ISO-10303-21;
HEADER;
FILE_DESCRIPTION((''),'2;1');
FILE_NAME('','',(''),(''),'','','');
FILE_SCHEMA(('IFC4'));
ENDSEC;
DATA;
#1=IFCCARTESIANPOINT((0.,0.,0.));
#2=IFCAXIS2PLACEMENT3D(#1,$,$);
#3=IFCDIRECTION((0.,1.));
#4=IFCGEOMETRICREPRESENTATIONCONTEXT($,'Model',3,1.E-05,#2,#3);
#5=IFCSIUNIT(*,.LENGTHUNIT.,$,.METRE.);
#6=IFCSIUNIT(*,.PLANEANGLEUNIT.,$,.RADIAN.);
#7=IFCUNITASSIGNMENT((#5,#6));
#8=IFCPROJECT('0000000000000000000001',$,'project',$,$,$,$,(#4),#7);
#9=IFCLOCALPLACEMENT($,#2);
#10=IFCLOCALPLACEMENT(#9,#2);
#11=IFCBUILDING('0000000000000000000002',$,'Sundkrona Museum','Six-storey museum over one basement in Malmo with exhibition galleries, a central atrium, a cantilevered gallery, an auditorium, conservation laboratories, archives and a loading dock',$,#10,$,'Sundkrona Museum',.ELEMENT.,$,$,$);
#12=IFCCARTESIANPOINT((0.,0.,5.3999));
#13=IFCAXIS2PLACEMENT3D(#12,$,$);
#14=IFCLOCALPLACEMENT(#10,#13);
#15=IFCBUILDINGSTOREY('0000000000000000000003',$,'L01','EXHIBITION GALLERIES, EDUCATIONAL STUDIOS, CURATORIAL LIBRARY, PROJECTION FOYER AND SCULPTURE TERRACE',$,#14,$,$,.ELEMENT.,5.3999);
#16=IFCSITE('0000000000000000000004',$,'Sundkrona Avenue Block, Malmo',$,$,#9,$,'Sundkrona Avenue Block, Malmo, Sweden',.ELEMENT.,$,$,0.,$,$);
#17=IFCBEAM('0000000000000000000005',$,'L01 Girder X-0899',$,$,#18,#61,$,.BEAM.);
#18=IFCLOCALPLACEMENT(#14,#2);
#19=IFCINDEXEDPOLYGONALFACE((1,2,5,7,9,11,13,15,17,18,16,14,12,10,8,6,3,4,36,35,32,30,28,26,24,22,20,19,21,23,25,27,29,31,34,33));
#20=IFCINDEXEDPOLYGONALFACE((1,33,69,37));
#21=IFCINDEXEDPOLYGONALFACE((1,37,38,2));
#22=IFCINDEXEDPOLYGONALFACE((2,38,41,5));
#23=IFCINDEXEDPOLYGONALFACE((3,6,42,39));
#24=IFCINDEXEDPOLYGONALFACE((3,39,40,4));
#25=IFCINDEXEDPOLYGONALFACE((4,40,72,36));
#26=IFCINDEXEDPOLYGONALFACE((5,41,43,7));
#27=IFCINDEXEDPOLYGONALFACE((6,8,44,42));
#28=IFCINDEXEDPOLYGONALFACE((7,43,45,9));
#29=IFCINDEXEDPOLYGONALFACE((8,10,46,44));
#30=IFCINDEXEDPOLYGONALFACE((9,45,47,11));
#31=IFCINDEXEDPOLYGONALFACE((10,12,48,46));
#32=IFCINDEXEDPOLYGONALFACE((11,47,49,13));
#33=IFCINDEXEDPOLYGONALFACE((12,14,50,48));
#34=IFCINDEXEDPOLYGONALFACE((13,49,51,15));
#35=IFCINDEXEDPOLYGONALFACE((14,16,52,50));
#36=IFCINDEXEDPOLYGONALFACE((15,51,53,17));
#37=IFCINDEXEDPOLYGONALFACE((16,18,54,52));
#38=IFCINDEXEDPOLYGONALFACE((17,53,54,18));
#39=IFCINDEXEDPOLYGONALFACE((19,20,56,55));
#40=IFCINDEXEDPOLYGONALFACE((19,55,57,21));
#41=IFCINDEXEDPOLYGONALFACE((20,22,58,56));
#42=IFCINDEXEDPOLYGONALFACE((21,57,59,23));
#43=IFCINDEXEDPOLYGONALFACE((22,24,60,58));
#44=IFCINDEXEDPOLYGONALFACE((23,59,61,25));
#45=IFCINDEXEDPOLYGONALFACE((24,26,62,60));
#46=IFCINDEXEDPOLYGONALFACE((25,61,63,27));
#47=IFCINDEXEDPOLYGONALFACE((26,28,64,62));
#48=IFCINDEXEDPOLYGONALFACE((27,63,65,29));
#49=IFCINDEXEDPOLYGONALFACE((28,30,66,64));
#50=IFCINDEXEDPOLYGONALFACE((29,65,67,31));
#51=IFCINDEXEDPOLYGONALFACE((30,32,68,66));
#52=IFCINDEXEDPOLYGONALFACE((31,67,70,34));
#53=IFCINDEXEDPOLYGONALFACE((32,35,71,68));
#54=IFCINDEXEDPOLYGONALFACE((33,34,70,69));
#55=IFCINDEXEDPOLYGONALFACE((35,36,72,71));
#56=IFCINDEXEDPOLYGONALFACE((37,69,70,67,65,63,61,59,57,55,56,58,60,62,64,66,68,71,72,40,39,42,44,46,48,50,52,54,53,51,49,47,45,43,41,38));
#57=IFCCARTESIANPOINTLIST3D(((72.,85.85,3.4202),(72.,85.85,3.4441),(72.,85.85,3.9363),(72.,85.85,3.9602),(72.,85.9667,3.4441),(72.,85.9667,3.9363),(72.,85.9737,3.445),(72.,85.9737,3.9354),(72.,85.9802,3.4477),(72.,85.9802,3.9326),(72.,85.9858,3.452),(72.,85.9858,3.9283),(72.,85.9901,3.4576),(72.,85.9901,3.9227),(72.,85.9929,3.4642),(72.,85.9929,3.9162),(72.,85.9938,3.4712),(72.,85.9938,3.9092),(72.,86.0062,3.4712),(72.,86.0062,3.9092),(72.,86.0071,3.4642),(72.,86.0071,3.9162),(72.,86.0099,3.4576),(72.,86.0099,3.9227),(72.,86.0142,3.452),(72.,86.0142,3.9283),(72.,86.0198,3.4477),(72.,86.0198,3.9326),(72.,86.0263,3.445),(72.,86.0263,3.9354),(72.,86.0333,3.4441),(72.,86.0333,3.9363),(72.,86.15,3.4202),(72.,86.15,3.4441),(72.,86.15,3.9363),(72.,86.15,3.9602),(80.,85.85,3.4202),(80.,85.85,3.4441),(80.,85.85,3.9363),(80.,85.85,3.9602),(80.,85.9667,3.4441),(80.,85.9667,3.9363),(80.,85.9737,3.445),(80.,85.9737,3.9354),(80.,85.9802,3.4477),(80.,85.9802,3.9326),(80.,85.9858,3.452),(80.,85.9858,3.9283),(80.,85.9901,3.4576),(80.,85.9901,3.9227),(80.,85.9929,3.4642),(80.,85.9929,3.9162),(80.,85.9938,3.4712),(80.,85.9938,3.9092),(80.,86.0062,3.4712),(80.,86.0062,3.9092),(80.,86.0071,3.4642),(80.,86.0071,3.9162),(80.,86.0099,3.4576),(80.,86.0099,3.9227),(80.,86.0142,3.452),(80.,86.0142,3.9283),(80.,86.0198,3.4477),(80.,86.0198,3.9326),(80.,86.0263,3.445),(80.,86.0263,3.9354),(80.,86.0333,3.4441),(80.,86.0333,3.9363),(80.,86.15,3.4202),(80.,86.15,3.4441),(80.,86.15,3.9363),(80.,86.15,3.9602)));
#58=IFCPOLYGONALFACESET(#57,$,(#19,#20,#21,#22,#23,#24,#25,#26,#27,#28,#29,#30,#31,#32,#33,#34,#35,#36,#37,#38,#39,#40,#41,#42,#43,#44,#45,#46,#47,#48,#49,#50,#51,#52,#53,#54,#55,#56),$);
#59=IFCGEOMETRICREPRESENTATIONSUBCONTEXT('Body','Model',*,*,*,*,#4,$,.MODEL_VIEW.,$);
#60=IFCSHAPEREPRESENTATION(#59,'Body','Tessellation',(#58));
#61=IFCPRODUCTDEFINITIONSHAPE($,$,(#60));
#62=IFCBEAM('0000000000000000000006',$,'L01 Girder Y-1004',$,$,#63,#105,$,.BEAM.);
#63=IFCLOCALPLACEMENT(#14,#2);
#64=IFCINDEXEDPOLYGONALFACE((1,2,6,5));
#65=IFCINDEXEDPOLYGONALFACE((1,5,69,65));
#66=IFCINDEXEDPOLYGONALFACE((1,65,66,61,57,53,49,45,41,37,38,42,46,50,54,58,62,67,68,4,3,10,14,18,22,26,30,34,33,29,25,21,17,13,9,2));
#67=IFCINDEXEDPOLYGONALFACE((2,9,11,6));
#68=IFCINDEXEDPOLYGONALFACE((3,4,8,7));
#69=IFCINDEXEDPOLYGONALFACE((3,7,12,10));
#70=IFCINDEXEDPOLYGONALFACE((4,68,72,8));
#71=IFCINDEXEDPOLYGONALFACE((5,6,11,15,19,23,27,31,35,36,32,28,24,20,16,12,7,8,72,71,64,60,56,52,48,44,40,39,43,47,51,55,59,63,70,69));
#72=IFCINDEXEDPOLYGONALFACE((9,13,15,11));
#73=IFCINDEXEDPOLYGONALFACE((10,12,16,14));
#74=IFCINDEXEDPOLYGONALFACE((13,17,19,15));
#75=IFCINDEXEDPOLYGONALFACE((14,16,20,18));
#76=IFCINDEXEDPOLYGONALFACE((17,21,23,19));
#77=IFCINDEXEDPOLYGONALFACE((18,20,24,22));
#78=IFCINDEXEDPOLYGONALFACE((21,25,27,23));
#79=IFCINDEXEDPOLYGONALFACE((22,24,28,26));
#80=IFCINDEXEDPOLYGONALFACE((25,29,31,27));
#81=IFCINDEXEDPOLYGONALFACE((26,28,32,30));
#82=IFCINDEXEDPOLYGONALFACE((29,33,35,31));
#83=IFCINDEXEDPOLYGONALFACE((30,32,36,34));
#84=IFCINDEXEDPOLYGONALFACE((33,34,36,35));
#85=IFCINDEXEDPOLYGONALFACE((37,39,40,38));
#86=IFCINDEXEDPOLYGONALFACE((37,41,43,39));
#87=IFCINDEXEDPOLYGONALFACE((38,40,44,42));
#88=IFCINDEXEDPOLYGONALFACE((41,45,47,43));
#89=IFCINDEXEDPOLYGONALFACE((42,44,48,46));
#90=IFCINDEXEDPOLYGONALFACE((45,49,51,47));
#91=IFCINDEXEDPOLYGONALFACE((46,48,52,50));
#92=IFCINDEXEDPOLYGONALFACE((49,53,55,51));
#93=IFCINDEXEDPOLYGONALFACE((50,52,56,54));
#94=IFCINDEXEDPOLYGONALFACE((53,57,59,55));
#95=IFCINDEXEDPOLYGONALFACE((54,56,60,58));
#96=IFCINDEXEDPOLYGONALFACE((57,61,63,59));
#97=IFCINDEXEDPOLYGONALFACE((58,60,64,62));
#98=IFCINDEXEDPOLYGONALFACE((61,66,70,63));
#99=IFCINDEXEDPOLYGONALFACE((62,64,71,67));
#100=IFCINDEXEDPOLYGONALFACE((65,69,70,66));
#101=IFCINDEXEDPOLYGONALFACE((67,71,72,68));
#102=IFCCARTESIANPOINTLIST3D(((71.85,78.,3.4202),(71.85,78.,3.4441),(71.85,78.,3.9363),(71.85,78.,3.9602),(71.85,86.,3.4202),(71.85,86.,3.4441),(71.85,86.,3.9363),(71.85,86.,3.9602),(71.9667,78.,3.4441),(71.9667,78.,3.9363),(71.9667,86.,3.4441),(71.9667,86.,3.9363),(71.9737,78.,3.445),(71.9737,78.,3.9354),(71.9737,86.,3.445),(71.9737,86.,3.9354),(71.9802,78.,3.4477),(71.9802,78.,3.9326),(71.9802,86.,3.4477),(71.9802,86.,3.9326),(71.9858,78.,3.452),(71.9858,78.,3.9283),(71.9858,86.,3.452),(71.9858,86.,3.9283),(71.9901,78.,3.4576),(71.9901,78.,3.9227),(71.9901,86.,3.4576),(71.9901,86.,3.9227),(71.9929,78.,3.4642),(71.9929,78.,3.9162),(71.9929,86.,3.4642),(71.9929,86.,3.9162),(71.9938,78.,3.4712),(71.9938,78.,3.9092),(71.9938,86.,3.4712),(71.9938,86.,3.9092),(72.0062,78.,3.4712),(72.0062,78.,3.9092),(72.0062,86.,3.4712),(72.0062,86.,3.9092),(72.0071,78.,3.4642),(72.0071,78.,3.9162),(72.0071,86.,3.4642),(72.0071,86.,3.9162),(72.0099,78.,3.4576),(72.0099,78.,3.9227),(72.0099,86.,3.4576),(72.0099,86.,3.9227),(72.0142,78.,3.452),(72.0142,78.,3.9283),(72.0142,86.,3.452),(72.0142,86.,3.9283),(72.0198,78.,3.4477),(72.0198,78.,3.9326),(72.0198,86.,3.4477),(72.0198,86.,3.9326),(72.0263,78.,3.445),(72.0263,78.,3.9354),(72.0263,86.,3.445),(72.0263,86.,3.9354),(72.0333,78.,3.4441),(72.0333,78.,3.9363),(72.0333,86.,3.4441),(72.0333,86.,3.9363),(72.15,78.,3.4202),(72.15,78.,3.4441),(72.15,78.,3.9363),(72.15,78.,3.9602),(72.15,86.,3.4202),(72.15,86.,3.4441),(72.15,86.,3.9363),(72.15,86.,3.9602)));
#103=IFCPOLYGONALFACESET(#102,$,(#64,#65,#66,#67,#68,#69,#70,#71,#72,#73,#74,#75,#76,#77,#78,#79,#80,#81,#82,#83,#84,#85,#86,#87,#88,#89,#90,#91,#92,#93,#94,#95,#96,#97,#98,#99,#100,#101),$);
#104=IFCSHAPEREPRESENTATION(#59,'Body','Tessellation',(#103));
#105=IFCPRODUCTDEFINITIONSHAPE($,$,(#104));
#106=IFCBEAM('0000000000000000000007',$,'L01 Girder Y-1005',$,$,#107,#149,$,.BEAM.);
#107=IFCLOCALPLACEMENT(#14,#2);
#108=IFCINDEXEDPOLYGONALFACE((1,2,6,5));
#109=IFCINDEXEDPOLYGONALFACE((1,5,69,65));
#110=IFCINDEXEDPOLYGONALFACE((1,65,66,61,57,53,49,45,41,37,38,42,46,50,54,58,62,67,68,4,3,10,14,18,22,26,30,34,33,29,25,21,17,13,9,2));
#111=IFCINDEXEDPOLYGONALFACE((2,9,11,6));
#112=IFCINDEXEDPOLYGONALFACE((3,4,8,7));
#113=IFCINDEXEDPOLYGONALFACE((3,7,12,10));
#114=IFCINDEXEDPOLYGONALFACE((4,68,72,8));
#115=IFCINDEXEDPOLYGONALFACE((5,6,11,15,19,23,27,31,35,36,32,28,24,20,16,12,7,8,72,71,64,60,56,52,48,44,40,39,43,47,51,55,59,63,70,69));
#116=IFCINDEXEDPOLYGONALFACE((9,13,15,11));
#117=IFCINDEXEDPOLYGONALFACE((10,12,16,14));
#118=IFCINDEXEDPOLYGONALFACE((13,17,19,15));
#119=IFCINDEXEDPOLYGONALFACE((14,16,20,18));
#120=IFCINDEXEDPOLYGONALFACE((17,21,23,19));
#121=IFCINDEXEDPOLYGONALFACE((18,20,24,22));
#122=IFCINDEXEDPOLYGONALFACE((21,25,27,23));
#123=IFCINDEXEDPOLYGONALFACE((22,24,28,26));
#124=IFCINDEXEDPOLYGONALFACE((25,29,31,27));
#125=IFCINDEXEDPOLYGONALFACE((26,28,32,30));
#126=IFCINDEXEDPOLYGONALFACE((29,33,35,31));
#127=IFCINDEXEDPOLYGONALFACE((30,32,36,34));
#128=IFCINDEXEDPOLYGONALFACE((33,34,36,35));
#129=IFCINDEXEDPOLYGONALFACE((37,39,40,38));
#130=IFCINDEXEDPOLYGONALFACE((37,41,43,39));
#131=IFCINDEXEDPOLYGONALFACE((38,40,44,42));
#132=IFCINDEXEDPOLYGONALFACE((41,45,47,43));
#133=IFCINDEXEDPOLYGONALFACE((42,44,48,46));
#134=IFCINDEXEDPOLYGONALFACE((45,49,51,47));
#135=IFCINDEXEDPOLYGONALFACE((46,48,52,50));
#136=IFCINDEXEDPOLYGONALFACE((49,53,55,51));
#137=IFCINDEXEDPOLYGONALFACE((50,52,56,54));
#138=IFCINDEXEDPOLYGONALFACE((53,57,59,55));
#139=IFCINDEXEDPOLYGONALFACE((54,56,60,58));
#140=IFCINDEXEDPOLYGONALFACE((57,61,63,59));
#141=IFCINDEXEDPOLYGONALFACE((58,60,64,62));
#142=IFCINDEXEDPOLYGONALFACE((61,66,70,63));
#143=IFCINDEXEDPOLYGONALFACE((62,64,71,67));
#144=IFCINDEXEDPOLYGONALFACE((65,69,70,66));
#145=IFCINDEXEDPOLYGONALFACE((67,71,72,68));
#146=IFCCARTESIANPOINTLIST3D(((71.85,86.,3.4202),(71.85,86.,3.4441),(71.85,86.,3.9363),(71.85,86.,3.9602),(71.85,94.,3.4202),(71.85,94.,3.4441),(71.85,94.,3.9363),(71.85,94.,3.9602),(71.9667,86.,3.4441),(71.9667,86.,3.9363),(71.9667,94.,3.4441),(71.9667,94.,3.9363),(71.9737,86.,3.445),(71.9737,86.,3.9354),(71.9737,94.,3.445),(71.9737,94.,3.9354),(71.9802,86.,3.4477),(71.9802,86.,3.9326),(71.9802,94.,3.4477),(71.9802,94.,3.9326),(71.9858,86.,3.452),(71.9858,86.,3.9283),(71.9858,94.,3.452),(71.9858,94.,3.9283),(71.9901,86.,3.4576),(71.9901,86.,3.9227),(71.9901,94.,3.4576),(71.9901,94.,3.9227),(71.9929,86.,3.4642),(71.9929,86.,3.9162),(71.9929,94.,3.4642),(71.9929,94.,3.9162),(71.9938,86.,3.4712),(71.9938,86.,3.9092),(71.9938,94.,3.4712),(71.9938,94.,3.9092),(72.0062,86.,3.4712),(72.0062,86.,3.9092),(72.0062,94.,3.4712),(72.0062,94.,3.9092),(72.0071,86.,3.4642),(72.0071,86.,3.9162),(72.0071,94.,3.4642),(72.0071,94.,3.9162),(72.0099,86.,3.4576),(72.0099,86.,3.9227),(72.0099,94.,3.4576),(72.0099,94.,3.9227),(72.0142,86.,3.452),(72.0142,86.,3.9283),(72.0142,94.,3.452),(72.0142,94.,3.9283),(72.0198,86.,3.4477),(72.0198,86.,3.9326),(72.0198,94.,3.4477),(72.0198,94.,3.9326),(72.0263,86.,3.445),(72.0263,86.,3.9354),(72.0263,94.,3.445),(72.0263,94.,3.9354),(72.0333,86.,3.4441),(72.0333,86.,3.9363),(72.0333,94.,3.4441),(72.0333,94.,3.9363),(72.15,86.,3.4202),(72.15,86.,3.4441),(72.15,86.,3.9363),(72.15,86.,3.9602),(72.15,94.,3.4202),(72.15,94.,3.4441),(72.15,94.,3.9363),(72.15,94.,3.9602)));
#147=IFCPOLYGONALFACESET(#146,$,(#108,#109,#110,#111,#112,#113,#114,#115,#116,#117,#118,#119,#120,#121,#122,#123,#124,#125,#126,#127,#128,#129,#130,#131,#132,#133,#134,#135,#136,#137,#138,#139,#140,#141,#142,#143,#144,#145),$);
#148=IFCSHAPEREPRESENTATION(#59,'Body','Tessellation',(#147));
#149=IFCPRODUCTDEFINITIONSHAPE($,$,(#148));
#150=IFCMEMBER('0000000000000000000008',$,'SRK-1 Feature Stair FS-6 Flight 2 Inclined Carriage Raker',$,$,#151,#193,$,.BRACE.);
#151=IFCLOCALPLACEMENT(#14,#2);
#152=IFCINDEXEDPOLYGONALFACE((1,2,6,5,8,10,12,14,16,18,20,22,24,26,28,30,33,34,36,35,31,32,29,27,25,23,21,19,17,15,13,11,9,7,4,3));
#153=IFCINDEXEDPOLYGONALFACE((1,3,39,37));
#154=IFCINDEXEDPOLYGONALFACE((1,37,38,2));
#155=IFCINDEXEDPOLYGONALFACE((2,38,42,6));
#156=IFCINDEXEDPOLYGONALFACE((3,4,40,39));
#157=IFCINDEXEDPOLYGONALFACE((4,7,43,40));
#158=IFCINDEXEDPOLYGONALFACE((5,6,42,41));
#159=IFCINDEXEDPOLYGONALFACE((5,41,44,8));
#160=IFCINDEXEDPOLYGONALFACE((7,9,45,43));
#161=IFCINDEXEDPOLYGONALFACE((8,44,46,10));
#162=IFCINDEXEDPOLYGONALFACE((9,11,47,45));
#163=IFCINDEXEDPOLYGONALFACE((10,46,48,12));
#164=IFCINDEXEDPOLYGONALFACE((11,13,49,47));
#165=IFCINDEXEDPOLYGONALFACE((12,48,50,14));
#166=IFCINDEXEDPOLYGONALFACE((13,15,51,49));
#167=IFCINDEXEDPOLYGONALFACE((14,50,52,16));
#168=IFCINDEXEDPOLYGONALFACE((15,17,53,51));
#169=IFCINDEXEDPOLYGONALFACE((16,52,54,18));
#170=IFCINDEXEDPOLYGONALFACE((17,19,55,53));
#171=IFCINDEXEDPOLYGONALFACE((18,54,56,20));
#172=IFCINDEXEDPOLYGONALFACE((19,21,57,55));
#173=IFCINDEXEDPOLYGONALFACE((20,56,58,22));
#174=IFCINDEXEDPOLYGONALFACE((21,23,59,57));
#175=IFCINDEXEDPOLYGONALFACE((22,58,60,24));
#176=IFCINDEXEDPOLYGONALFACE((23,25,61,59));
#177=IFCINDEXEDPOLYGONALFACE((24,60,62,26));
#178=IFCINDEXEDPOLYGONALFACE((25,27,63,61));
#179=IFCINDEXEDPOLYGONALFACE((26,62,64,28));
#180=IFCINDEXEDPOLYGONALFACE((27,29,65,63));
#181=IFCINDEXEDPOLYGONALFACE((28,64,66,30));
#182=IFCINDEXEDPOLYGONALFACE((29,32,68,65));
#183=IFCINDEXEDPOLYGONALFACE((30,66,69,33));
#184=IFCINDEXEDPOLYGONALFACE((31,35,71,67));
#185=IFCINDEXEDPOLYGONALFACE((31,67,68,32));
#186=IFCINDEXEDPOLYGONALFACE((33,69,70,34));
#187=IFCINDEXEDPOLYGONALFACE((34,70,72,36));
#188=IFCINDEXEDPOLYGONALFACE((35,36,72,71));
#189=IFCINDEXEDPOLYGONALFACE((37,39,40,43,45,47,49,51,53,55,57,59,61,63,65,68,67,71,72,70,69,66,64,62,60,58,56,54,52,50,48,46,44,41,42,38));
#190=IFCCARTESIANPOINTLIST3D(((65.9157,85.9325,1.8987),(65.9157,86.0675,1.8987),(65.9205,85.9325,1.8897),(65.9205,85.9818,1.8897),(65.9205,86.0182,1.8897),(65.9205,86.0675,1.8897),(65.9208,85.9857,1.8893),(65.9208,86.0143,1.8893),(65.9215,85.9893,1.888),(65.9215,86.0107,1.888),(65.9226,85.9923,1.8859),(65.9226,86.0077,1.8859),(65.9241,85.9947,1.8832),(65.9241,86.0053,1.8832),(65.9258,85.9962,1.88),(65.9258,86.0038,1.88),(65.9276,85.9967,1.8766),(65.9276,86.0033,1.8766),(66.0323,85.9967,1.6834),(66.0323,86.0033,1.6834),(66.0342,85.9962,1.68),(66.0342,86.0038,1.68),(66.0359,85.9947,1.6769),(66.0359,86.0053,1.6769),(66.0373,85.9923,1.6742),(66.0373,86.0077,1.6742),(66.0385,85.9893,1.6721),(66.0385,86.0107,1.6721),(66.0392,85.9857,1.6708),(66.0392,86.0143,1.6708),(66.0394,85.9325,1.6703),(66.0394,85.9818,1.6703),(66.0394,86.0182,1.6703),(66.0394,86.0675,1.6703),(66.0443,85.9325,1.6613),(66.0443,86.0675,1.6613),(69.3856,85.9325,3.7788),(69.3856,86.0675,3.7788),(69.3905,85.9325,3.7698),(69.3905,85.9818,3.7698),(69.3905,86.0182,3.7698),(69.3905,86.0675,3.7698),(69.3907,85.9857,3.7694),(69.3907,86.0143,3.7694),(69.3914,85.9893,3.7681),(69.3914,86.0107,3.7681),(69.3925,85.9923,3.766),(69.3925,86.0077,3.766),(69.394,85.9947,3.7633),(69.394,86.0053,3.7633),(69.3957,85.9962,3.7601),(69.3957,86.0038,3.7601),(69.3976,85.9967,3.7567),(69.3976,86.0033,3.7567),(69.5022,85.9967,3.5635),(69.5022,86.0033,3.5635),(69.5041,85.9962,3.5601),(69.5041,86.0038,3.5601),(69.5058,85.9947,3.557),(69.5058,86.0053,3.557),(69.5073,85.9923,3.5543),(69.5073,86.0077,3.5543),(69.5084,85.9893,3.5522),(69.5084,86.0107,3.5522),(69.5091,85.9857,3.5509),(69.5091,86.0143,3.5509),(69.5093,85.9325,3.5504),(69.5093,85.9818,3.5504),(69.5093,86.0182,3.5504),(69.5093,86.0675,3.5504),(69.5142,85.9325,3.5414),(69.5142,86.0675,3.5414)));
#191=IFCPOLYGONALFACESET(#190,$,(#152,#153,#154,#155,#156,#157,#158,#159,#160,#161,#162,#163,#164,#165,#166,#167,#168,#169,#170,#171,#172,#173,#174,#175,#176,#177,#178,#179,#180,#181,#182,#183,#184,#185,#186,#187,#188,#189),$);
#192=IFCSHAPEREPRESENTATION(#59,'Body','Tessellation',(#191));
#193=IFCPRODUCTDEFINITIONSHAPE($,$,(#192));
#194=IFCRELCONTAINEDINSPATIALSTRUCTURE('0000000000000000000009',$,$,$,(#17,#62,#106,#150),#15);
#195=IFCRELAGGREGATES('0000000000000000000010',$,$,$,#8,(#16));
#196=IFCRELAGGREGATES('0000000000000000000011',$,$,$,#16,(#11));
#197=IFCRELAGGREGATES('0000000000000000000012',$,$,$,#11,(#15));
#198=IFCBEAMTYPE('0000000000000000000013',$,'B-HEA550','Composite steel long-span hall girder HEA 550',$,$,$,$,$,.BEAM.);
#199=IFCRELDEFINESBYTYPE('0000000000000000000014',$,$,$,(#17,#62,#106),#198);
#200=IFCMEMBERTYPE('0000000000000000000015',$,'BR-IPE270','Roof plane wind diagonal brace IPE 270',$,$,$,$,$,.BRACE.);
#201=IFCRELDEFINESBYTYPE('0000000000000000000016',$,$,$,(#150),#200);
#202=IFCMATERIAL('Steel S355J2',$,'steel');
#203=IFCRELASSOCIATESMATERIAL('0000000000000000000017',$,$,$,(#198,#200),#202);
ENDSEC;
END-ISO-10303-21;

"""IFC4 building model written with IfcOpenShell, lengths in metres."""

from ifc_helpers import new_model, si_unit, direction, frame, origin, origin_2d, place, context, subcontext, project, spatial, i_section, extrude, material, material_profile, profile_set, type_object, element, save


model = new_model("IFC4")

# Units and contexts
model_context = context("Model", 3, precision=1e-05, world=origin(), true_north=direction((0.0, 1.0)))
body_context = subcontext(model_context, "Body", "Model", "MODEL_VIEW")
ifc_project = project(units=[si_unit("LENGTHUNIT", "METRE"), si_unit("PLANEANGLEUNIT", "RADIAN")], contexts=[model_context])

# Site, building, storey
site_placement = place(None, origin())
site = spatial("IfcSite", under=ifc_project, at=site_placement, Name="Sundkrona Avenue Block, Malmo", LongName="Sundkrona Avenue Block, Malmo, Sweden", CompositionType="ELEMENT", RefElevation=0.0)
building_placement = place(site_placement, origin())
building = spatial("IfcBuilding", under=site, at=building_placement, Name="Sundkrona Museum", Description="Six-storey museum over one basement in Malmo with exhibition galleries, a central atrium, a cantilevered gallery, an auditorium, conservation laboratories, archives and a loading dock", LongName="Sundkrona Museum", CompositionType="ELEMENT")
storey_placement = place(building_placement, frame((0.0, 0.0, 5.3999)))
storey = spatial("IfcBuildingStorey", under=building, at=storey_placement, Name="L01", Description="EXHIBITION GALLERIES, EDUCATIONAL STUDIOS, CURATORIAL LIBRARY, PROJECTION FOYER AND SCULPTURE TERRACE", CompositionType="ELEMENT", Elevation=5.3999)

# Shared definitions
ifc_material_1 = material(Name="Steel S355J2", Category="steel")

# Beams
ifc_material_profile_1 = material_profile(ifc_material_1, i_section(OverallWidth=0.3, OverallDepth=0.54, WebThickness=0.0125, FlangeThickness=0.0239, FilletRadius=0.0271, at=origin_2d()), Name="HEA 550")
ifc_profile_set_1 = profile_set([ifc_material_profile_1], Name="Steel S355J2")
beam_type_1 = type_object("IfcBeamType", Name="B-HEA550", Description="Composite steel long-span hall girder HEA 550", PredefinedType="BEAM", material=ifc_profile_set_1)
for number, where, z_axis, x_axis, name in (
    (1, (72.0, 86.0, 3.6902), (1.0, 0.0, 0.0), (0.0, 1.0, 0.0), "L01 Girder X-0899"),
    (2, (72.0, 78.0, 3.6902), (0.0, 1.0, 0.0), (-1.0, 0.0, 0.0), "L01 Girder Y-1004"),
    (3, (72.0, 86.0, 3.6902), (0.0, 1.0, 0.0), (-1.0, 0.0, 0.0), "L01 Girder Y-1005"),
):
    element("IfcBeam", number, at=place(storey_placement, frame(where, z_axis=z_axis, x_axis=x_axis)), inside=storey, type_object=beam_type_1, Name=name, PredefinedType="BEAM", context=body_context, shape_type="SweptSolid", body=[
        extrude(i_section(OverallWidth=0.3, OverallDepth=0.54, WebThickness=0.0125, FlangeThickness=0.0239, FilletRadius=0.0271, at=origin_2d()), origin(), (0.0, 0.0, 1.0), 8.0),
    ])

# Member
ifc_material_profile_2 = material_profile(ifc_material_1, i_section(OverallWidth=0.135, OverallDepth=0.27, WebThickness=0.0066, FlangeThickness=0.0103, FilletRadius=0.0149, at=origin_2d()), Name="IPE 270")
ifc_profile_set_2 = profile_set([ifc_material_profile_2], Name="Steel S355J2")
member_type_1 = type_object("IfcMemberType", Name="BR-IPE270", Description="Roof plane wind diagonal brace IPE 270", PredefinedType="BRACE", material=ifc_profile_set_2)
member_1_placement = place(storey_placement, frame((65.98, 86.0, 1.78), z_axis=(0.879233, 0.0, 0.476393), x_axis=(0.0, 1.0, 0.0)))
element("IfcMember", 4, at=member_1_placement, inside=storey, type_object=member_type_1, Name="SRK-1 Feature Stair FS-6 Flight 2 Inclined Carriage Raker", PredefinedType="BRACE", context=body_context, shape_type="SweptSolid", body=[
    extrude(i_section(OverallWidth=0.135, OverallDepth=0.27, WebThickness=0.0066, FlangeThickness=0.0103, FilletRadius=0.0149, at=origin_2d()), origin(), (0.0, 0.0, 1.0), 3.9465),
])

save(model, "model.ifc")
